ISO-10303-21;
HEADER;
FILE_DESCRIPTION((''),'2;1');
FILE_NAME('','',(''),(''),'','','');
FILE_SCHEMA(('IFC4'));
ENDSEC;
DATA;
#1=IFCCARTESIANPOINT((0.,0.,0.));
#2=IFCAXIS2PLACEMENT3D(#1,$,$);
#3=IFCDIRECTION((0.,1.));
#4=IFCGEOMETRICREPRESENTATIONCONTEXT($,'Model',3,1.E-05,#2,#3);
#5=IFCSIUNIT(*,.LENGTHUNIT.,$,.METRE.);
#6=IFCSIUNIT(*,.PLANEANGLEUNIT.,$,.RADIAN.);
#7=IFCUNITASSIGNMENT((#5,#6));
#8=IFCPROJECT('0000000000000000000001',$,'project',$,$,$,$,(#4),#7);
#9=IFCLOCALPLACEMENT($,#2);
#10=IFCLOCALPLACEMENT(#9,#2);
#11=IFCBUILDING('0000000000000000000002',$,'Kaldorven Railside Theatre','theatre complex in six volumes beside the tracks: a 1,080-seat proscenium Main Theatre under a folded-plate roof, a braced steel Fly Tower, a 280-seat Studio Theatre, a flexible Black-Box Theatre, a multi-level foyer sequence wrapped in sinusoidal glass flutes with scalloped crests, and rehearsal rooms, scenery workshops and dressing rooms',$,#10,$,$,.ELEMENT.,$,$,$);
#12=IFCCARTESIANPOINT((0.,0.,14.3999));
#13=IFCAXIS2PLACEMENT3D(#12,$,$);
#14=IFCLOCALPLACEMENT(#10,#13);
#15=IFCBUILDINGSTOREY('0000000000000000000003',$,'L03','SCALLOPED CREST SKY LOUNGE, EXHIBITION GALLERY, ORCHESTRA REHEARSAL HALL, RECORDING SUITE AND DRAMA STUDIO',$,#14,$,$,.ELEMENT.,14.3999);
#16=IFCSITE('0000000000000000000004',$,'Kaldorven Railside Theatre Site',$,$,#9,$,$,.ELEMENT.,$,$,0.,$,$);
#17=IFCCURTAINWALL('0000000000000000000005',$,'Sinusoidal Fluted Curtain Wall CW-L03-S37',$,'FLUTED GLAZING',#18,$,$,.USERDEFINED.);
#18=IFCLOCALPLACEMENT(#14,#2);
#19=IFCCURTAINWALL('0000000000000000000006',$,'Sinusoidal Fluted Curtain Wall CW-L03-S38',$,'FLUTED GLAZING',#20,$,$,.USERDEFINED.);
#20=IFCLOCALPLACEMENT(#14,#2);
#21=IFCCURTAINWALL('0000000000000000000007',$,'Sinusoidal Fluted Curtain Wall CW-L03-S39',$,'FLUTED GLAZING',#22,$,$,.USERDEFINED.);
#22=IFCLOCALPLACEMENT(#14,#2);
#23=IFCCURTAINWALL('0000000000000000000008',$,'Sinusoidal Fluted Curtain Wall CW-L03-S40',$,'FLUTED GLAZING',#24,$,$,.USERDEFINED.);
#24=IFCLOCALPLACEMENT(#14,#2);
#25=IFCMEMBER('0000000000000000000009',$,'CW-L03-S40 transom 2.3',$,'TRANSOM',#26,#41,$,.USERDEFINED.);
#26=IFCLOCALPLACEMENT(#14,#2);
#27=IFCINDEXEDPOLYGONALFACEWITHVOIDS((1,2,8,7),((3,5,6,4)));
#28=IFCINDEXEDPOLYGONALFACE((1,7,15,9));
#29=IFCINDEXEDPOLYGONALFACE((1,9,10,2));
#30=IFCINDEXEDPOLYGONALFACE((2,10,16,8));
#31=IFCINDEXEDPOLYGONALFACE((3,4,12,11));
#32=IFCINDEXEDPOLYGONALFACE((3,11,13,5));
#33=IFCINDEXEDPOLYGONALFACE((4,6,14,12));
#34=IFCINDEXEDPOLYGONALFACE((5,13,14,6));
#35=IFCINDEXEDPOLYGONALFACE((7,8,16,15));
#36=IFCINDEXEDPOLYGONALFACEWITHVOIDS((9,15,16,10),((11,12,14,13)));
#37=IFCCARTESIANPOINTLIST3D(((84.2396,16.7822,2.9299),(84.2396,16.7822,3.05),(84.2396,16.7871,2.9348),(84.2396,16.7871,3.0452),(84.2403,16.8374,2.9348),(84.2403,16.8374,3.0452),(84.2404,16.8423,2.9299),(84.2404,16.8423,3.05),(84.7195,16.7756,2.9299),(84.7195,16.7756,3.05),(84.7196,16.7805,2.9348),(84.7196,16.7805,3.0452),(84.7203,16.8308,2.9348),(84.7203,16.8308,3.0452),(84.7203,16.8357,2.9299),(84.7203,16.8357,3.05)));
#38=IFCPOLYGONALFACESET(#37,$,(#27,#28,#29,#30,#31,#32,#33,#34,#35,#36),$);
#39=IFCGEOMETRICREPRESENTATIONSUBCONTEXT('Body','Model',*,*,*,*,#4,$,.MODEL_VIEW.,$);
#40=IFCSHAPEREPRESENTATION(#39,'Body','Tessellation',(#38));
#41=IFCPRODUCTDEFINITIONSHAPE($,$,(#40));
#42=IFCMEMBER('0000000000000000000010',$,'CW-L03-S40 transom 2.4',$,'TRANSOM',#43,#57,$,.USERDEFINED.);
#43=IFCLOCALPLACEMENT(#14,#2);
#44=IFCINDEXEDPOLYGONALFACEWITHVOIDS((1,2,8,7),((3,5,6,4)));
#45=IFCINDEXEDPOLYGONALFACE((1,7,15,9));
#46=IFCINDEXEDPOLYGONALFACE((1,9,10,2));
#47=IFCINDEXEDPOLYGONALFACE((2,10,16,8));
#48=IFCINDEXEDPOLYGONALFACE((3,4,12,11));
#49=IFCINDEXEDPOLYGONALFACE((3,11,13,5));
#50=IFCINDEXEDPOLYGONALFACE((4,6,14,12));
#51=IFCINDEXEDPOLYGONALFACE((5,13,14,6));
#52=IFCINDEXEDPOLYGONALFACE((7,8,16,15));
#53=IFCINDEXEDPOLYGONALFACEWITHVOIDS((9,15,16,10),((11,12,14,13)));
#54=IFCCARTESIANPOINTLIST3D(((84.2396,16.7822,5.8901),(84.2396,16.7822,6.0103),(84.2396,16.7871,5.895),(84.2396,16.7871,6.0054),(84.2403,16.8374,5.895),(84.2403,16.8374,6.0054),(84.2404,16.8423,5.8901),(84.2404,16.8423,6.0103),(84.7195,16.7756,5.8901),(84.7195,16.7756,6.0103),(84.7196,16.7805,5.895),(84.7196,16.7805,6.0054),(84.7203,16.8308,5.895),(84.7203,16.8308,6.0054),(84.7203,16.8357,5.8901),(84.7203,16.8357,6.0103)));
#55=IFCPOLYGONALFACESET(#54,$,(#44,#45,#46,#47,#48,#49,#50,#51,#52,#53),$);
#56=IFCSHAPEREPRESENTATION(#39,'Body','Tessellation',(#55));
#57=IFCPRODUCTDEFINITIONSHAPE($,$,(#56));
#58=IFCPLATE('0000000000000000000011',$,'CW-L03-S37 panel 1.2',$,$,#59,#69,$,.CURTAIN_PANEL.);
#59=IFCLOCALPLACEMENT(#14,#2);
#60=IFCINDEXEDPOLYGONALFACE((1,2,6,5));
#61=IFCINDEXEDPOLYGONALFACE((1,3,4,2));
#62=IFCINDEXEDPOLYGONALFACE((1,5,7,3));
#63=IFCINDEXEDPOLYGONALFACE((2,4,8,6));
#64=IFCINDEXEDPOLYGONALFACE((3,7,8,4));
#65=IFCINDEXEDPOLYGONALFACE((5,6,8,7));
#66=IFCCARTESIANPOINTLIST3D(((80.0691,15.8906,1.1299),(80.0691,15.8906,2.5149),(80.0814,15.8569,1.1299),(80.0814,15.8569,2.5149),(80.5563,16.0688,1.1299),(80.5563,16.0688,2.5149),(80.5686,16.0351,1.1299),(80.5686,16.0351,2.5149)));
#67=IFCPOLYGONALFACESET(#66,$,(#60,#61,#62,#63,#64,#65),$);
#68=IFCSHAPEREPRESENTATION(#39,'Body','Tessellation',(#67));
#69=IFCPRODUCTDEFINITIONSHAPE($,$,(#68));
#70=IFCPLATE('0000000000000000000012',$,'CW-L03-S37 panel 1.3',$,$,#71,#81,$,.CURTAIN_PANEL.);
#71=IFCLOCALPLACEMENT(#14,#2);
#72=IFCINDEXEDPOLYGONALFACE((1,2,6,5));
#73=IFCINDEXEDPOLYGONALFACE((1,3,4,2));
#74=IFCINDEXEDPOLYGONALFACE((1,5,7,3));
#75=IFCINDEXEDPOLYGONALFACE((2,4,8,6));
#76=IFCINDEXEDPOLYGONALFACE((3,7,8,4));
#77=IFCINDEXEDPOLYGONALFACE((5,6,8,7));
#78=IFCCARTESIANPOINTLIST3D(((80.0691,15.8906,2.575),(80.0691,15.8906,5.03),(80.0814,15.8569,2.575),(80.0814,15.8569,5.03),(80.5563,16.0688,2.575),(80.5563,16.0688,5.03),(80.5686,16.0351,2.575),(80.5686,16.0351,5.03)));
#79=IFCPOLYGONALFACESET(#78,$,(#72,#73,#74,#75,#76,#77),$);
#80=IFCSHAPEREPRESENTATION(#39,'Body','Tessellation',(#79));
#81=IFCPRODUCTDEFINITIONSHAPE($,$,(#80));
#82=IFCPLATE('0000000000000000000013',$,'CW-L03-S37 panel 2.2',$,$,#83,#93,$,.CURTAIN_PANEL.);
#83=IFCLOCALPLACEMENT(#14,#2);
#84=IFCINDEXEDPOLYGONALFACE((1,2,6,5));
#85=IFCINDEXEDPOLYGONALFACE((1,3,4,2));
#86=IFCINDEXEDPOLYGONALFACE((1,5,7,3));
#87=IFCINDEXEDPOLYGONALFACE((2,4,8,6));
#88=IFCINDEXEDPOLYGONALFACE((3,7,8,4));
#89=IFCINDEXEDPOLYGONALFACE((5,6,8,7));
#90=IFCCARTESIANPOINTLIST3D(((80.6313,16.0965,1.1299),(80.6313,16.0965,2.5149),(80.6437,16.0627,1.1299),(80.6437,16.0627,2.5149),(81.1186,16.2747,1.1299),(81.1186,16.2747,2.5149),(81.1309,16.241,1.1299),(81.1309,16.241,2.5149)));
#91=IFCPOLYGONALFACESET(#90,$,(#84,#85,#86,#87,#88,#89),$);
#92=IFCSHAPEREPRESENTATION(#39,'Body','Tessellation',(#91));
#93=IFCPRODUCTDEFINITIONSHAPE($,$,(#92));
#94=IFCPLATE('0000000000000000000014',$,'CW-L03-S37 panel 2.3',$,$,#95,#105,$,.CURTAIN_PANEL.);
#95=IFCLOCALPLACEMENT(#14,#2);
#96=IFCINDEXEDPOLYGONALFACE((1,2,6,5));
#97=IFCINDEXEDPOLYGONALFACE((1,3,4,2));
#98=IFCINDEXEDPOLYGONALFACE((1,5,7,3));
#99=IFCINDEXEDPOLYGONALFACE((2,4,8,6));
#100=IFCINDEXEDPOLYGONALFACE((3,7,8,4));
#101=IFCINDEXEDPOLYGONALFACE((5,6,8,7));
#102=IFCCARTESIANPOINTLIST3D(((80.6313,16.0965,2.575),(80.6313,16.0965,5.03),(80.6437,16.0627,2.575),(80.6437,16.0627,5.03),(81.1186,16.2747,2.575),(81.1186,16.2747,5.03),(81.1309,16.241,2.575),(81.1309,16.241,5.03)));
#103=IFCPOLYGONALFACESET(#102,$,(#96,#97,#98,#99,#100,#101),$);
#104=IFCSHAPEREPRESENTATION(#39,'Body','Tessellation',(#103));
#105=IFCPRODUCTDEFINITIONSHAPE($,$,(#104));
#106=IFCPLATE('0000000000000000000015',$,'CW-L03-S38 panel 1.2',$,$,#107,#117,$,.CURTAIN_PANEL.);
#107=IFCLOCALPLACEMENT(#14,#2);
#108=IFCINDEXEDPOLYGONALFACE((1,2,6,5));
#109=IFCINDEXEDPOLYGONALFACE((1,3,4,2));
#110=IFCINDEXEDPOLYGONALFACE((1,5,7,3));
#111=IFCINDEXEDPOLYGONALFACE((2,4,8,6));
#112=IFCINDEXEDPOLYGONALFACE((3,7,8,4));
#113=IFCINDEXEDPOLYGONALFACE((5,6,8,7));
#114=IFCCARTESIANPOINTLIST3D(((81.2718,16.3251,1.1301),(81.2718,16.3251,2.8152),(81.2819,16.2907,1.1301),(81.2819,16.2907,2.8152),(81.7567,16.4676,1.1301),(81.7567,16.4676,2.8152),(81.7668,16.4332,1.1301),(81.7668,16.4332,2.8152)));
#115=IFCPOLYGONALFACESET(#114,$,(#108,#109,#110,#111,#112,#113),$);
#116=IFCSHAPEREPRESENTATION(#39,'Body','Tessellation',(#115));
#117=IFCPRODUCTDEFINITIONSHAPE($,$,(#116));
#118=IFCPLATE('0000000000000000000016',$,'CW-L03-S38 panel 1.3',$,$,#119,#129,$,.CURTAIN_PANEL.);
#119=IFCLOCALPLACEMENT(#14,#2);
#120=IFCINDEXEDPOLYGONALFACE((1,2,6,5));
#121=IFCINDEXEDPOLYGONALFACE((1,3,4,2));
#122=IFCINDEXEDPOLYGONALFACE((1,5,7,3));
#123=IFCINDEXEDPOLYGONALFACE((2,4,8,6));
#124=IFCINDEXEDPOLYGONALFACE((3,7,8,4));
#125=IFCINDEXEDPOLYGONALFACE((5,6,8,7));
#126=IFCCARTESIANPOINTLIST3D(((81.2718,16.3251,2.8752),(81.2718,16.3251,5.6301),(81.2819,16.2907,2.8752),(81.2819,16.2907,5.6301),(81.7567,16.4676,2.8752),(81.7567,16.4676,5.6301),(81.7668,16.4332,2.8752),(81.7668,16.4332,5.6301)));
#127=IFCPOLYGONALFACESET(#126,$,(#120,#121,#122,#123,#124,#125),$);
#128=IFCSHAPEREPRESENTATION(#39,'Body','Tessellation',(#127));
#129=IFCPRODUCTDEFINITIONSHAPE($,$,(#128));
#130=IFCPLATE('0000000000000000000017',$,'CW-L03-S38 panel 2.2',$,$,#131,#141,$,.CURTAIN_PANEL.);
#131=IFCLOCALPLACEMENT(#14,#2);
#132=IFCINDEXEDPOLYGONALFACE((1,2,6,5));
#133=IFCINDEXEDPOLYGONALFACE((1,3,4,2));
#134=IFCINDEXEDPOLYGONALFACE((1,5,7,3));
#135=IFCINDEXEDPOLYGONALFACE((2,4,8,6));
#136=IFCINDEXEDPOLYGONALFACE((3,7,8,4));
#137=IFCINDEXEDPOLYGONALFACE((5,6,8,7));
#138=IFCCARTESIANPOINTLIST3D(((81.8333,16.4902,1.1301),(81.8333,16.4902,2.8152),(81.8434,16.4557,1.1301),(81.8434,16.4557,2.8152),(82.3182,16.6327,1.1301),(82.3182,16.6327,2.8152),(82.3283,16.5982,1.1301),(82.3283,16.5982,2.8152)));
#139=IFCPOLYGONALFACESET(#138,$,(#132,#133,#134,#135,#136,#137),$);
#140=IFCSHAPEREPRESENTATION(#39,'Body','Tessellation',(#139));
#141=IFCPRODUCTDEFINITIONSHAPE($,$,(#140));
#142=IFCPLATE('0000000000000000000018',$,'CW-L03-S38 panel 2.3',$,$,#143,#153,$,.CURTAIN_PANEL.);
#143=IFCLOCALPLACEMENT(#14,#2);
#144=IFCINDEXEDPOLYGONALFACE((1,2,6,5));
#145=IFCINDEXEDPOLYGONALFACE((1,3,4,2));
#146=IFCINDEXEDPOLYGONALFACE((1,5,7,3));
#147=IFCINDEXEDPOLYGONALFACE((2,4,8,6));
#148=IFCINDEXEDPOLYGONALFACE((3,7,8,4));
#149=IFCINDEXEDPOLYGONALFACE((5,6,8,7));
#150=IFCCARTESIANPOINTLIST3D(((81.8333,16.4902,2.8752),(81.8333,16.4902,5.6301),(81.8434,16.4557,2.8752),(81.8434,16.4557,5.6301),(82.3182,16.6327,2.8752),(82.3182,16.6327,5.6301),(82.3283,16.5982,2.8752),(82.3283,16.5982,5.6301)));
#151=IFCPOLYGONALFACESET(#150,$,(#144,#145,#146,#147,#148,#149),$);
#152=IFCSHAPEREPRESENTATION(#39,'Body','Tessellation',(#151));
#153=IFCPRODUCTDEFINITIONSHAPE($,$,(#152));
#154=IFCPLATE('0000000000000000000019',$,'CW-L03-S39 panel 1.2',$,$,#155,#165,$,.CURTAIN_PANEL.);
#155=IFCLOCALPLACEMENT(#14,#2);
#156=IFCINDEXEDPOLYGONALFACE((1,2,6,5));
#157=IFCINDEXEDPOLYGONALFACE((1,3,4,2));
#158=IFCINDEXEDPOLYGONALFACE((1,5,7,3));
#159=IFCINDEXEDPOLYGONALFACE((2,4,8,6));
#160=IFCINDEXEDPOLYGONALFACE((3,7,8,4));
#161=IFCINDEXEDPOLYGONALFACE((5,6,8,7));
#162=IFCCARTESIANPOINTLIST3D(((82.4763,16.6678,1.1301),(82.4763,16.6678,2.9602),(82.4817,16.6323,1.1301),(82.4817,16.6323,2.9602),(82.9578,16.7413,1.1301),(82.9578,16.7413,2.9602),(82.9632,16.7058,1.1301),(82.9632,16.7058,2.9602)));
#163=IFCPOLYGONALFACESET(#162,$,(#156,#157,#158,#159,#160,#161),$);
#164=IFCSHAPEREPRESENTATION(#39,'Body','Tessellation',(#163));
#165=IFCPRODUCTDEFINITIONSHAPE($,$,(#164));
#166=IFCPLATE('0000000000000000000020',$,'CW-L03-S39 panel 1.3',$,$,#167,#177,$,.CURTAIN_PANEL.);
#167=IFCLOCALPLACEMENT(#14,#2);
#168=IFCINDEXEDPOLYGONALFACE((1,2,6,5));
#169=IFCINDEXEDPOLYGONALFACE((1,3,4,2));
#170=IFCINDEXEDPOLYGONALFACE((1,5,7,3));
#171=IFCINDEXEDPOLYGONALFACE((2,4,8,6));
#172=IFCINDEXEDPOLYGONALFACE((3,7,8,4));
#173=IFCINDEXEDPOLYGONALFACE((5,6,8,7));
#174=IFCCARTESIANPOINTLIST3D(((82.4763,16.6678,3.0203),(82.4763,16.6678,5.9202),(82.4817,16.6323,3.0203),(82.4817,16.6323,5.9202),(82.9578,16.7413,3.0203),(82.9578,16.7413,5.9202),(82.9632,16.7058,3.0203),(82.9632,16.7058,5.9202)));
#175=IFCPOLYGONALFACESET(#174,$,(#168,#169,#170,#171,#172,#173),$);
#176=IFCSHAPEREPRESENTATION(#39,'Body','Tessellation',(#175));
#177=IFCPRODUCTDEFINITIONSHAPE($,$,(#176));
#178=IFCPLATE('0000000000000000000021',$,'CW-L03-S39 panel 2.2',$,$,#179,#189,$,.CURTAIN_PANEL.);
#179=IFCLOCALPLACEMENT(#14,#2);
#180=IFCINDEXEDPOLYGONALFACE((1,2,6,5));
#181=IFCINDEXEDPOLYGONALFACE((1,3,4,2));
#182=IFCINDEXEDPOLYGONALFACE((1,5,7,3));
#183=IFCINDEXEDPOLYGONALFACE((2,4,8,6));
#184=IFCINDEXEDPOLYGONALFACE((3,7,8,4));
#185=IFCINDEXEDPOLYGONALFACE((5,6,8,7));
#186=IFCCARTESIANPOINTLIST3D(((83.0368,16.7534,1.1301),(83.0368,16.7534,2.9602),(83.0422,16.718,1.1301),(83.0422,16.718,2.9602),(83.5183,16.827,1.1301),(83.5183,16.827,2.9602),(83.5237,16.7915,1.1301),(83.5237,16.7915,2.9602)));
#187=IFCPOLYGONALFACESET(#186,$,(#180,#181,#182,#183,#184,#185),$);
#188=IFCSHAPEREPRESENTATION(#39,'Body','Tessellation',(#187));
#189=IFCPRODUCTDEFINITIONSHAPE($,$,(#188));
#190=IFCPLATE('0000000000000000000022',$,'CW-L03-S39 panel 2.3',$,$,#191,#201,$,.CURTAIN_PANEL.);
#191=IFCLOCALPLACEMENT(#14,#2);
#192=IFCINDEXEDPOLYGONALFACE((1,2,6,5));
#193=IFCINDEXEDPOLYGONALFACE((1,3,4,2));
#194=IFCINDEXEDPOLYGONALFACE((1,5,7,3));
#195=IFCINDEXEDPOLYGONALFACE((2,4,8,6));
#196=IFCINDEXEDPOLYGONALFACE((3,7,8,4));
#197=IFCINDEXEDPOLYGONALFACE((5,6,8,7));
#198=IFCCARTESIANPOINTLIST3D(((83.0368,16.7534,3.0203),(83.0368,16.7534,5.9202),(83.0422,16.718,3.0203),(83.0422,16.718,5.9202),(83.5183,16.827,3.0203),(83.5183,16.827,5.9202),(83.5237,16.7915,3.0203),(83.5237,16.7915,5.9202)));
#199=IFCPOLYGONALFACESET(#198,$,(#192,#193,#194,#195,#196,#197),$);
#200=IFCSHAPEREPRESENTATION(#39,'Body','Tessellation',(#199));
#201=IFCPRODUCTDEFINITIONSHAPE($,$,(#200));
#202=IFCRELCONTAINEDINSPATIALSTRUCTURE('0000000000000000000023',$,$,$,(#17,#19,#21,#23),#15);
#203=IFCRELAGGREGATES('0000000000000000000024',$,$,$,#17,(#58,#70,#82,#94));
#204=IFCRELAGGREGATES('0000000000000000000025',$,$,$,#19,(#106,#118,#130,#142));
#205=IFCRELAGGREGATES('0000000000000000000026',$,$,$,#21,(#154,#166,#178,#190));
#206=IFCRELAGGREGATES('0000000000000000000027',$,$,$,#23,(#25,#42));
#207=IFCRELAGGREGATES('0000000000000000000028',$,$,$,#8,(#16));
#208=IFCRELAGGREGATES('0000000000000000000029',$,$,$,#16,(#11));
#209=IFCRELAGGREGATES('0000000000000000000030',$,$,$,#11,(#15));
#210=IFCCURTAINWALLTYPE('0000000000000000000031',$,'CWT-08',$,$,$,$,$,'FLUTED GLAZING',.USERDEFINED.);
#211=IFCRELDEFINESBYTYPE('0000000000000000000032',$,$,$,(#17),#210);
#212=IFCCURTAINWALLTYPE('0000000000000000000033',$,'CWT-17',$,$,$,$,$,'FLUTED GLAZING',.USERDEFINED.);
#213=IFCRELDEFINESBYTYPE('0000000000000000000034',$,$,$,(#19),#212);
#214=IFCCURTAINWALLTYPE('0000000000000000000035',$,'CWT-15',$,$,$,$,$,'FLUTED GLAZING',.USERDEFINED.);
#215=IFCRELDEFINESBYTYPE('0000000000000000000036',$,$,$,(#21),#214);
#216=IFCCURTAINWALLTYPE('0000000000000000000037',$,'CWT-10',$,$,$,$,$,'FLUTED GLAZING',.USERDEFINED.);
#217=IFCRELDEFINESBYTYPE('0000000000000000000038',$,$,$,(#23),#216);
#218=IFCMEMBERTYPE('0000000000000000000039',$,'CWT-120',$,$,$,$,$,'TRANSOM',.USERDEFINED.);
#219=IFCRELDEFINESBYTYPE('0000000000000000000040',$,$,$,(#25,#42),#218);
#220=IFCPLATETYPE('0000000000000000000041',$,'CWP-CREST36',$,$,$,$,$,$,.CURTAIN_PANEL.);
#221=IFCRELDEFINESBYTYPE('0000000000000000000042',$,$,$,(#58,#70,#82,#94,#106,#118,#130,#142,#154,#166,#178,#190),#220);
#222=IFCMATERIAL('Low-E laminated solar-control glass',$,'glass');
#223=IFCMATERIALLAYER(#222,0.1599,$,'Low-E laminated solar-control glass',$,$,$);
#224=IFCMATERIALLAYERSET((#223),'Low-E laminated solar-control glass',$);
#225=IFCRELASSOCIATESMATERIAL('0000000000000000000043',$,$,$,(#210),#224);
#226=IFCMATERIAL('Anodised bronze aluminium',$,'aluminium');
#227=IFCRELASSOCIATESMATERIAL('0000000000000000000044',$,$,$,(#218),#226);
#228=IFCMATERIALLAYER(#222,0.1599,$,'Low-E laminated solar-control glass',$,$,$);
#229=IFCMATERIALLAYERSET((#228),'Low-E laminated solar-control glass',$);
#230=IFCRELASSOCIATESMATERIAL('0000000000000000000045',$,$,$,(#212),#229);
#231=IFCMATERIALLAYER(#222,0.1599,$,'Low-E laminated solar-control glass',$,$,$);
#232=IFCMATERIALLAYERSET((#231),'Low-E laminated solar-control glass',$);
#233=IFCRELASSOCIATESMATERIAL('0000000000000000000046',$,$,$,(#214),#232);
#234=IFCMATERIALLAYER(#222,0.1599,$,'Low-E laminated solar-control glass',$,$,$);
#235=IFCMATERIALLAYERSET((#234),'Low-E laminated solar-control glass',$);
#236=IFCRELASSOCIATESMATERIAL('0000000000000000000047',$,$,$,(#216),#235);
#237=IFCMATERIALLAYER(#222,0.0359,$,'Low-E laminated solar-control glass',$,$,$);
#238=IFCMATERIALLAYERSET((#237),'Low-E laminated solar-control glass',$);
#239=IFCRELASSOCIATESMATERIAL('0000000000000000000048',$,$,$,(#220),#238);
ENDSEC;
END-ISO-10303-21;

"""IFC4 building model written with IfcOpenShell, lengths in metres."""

from ifc_helpers import new_model, si_unit, direction, frame, origin, origin_2d, place, context, subcontext, project, spatial, rectangle, hollow_rectangle, extrude, material, layer, layer_set, material_profile, profile_set, type_object, element, aggregate, save


model = new_model("IFC4")

# Units and contexts
model_context = context("Model", 3, precision=1e-05, world=origin(), true_north=direction((0.0, 1.0)))
body_context = subcontext(model_context, "Body", "Model", "MODEL_VIEW")
ifc_project = project(units=[si_unit("LENGTHUNIT", "METRE"), si_unit("PLANEANGLEUNIT", "RADIAN")], contexts=[model_context])

# Site, building, storey
site_placement = place(None, origin())
site = spatial("IfcSite", under=ifc_project, at=site_placement, Name="Kaldorven Railside Theatre Site", CompositionType="ELEMENT", RefElevation=0.0)
building_placement = place(site_placement, origin())
building = spatial("IfcBuilding", under=site, at=building_placement, Name="Kaldorven Railside Theatre", Description="theatre complex in six volumes beside the tracks: a 1,080-seat proscenium Main Theatre under a folded-plate roof, a braced steel Fly Tower, a 280-seat Studio Theatre, a flexible Black-Box Theatre, a multi-level foyer sequence wrapped in sinusoidal glass flutes with scalloped crests, and rehearsal rooms, scenery workshops and dressing rooms", CompositionType="ELEMENT")
storey_placement = place(building_placement, frame((0.0, 0.0, 14.3999)))
storey = spatial("IfcBuildingStorey", under=building, at=storey_placement, Name="L03", Description="SCALLOPED CREST SKY LOUNGE, EXHIBITION GALLERY, ORCHESTRA REHEARSAL HALL, RECORDING SUITE AND DRAMA STUDIO", CompositionType="ELEMENT", Elevation=14.3999)

# Curtain walls, members
ifc_material_1 = material(Name="Low-E laminated solar-control glass", Category="glass")
ifc_layer_1 = layer(ifc_material_1, 0.1599, Name="Low-E laminated solar-control glass")
ifc_layer_set_1 = layer_set([ifc_layer_1], Name="Low-E laminated solar-control glass")
curtain_wall_type_1 = type_object("IfcCurtainWallType", Name="CWT-08", ElementType="FLUTED GLAZING", PredefinedType="USERDEFINED", material=ifc_layer_set_1)
curtain_wall_1_placement = place(storey_placement, origin())
curtain_wall_1 = element("IfcCurtainWall", 1, at=curtain_wall_1_placement, inside=storey, type_object=curtain_wall_type_1, Name="Sinusoidal Fluted Curtain Wall CW-L03-S37", ObjectType="FLUTED GLAZING", PredefinedType="USERDEFINED")
ifc_material_2 = material(Name="Anodised bronze aluminium", Category="aluminium")
ifc_material_profile = material_profile(ifc_material_2, hollow_rectangle(XDim=0.0601, YDim=0.1201, WallThickness=0.0049, at=origin_2d()), Name="RHS 120x60x5")
ifc_profile_set = profile_set([ifc_material_profile], Name="Anodised bronze aluminium")
member_type = type_object("IfcMemberType", Name="CWT-120", ElementType="TRANSOM", PredefinedType="USERDEFINED", material=ifc_profile_set)
ifc_layer_2 = layer(ifc_material_1, 0.1599, Name="Low-E laminated solar-control glass")
ifc_layer_set_2 = layer_set([ifc_layer_2], Name="Low-E laminated solar-control glass")
curtain_wall_type_2 = type_object("IfcCurtainWallType", Name="CWT-17", ElementType="FLUTED GLAZING", PredefinedType="USERDEFINED", material=ifc_layer_set_2)
curtain_wall_2_placement = place(storey_placement, origin())
curtain_wall_2 = element("IfcCurtainWall", 2, at=curtain_wall_2_placement, inside=storey, type_object=curtain_wall_type_2, Name="Sinusoidal Fluted Curtain Wall CW-L03-S38", ObjectType="FLUTED GLAZING", PredefinedType="USERDEFINED")
ifc_layer_3 = layer(ifc_material_1, 0.1599, Name="Low-E laminated solar-control glass")
ifc_layer_set_3 = layer_set([ifc_layer_3], Name="Low-E laminated solar-control glass")
curtain_wall_type_3 = type_object("IfcCurtainWallType", Name="CWT-15", ElementType="FLUTED GLAZING", PredefinedType="USERDEFINED", material=ifc_layer_set_3)
curtain_wall_3_placement = place(storey_placement, origin())
curtain_wall_3 = element("IfcCurtainWall", 3, at=curtain_wall_3_placement, inside=storey, type_object=curtain_wall_type_3, Name="Sinusoidal Fluted Curtain Wall CW-L03-S39", ObjectType="FLUTED GLAZING", PredefinedType="USERDEFINED")
ifc_layer_4 = layer(ifc_material_1, 0.1599, Name="Low-E laminated solar-control glass")
ifc_layer_set_4 = layer_set([ifc_layer_4], Name="Low-E laminated solar-control glass")
curtain_wall_type_4 = type_object("IfcCurtainWallType", Name="CWT-10", ElementType="FLUTED GLAZING", PredefinedType="USERDEFINED", material=ifc_layer_set_4)
curtain_wall_4_placement = place(storey_placement, origin())
curtain_wall_4 = element("IfcCurtainWall", 4, at=curtain_wall_4_placement, inside=storey, type_object=curtain_wall_type_4, Name="Sinusoidal Fluted Curtain Wall CW-L03-S40", ObjectType="FLUTED GLAZING", PredefinedType="USERDEFINED")
member_1_placement = place(storey_placement, frame((84.24, 16.8123, 2.99), z_axis=(0.999906, -0.013732, 0.0), x_axis=(0.013732, 0.999906, 0.0)))
member_1 = element("IfcMember", 5, at=member_1_placement, type_object=member_type, Name="CW-L03-S40 transom 2.3", ObjectType="TRANSOM", PredefinedType="USERDEFINED", context=body_context, shape_type="SweptSolid", body=[
    extrude(hollow_rectangle(XDim=0.0601, YDim=0.1201, WallThickness=0.0049, at=origin_2d()), origin(), (0.0, 0.0, 1.0), 0.48),
])
member_2_placement = place(storey_placement, frame((84.24, 16.8123, 5.9502), z_axis=(0.999906, -0.013732, 0.0), x_axis=(0.013732, 0.999906, 0.0)))
member_2 = element("IfcMember", 6, at=member_2_placement, type_object=member_type, Name="CW-L03-S40 transom 2.4", ObjectType="TRANSOM", PredefinedType="USERDEFINED", context=body_context, shape_type="SweptSolid", body=[
    extrude(hollow_rectangle(XDim=0.0601, YDim=0.1201, WallThickness=0.0049, at=origin_2d()), origin(), (0.0, 0.0, 1.0), 0.48),
])

# Plates
ifc_layer_5 = layer(ifc_material_1, 0.0359, Name="Low-E laminated solar-control glass")
ifc_layer_set_5 = layer_set([ifc_layer_5], Name="Low-E laminated solar-control glass")
plate_type = type_object("IfcPlateType", Name="CWP-CREST36", PredefinedType="CURTAIN_PANEL", material=ifc_layer_set_5)
plate_1_placement = place(storey_placement, frame((80.3188, 15.9629, 1.1299), z_axis=(0.0, 0.0, 1.0), x_axis=(0.939154, 0.343496, 0.0)))
plate_1 = element("IfcPlate", 7, at=plate_1_placement, type_object=plate_type, Name="CW-L03-S37 panel 1.2", PredefinedType="CURTAIN_PANEL", context=body_context, shape_type="SweptSolid", body=[
    extrude(rectangle(XDim=0.5188, YDim=0.0359, at=origin_2d()), origin(), (0.0, 0.0, 1.0), 1.385),
])
plate_2_placement = place(storey_placement, frame((80.3188, 15.9629, 2.575), z_axis=(0.0, 0.0, 1.0), x_axis=(0.939154, 0.343496, 0.0)))
plate_2 = element("IfcPlate", 8, at=plate_2_placement, type_object=plate_type, Name="CW-L03-S37 panel 1.3", PredefinedType="CURTAIN_PANEL", context=body_context, shape_type="SweptSolid", body=[
    extrude(rectangle(XDim=0.5188, YDim=0.0359, at=origin_2d()), origin(), (0.0, 0.0, 1.0), 2.4551),
])
plate_3_placement = place(storey_placement, frame((80.8811, 16.1687, 1.1299), z_axis=(0.0, 0.0, 1.0), x_axis=(0.939154, 0.343496, 0.0)))
plate_3 = element("IfcPlate", 9, at=plate_3_placement, type_object=plate_type, Name="CW-L03-S37 panel 2.2", PredefinedType="CURTAIN_PANEL", context=body_context, shape_type="SweptSolid", body=[
    extrude(rectangle(XDim=0.5188, YDim=0.0359, at=origin_2d()), origin(), (0.0, 0.0, 1.0), 1.385),
])
plate_4_placement = place(storey_placement, frame((80.8811, 16.1687, 2.575), z_axis=(0.0, 0.0, 1.0), x_axis=(0.939154, 0.343496, 0.0)))
plate_4 = element("IfcPlate", 10, at=plate_4_placement, type_object=plate_type, Name="CW-L03-S37 panel 2.3", PredefinedType="CURTAIN_PANEL", context=body_context, shape_type="SweptSolid", body=[
    extrude(rectangle(XDim=0.5188, YDim=0.0359, at=origin_2d()), origin(), (0.0, 0.0, 1.0), 2.4551),
])
aggregate(curtain_wall_1, [plate_1, plate_2, plate_3, plate_4])
plate_5_placement = place(storey_placement, frame((81.5193, 16.3792, 1.1301), z_axis=(0.0, 0.0, 1.0), x_axis=(0.959418, 0.281989, 0.0)))
plate_5 = element("IfcPlate", 11, at=plate_5_placement, type_object=plate_type, Name="CW-L03-S38 panel 1.2", PredefinedType="CURTAIN_PANEL", context=body_context, shape_type="SweptSolid", body=[
    extrude(rectangle(XDim=0.5054, YDim=0.0359, at=origin_2d()), origin(), (0.0, 0.0, 1.0), 1.6851),
])
plate_6_placement = place(storey_placement, frame((81.5193, 16.3792, 2.8752), z_axis=(0.0, 0.0, 1.0), x_axis=(0.959418, 0.281989, 0.0)))
plate_6 = element("IfcPlate", 12, at=plate_6_placement, type_object=plate_type, Name="CW-L03-S38 panel 1.3", PredefinedType="CURTAIN_PANEL", context=body_context, shape_type="SweptSolid", body=[
    extrude(rectangle(XDim=0.5054, YDim=0.0359, at=origin_2d()), origin(), (0.0, 0.0, 1.0), 2.7549),
])
plate_7_placement = place(storey_placement, frame((82.0808, 16.5442, 1.1301), z_axis=(0.0, 0.0, 1.0), x_axis=(0.959418, 0.281989, 0.0)))
plate_7 = element("IfcPlate", 13, at=plate_7_placement, type_object=plate_type, Name="CW-L03-S38 panel 2.2", PredefinedType="CURTAIN_PANEL", context=body_context, shape_type="SweptSolid", body=[
    extrude(rectangle(XDim=0.5054, YDim=0.0359, at=origin_2d()), origin(), (0.0, 0.0, 1.0), 1.6851),
])
plate_8_placement = place(storey_placement, frame((82.0808, 16.5442, 2.8752), z_axis=(0.0, 0.0, 1.0), x_axis=(0.959418, 0.281989, 0.0)))
plate_8 = element("IfcPlate", 14, at=plate_8_placement, type_object=plate_type, Name="CW-L03-S38 panel 2.3", PredefinedType="CURTAIN_PANEL", context=body_context, shape_type="SweptSolid", body=[
    extrude(rectangle(XDim=0.5054, YDim=0.0359, at=origin_2d()), origin(), (0.0, 0.0, 1.0), 2.7549),
])
aggregate(curtain_wall_2, [plate_5, plate_6, plate_7, plate_8])
plate_9_placement = place(storey_placement, frame((82.7197, 16.6868, 1.1301), z_axis=(0.0, 0.0, 1.0), x_axis=(0.988546, 0.150918, 0.0)))
plate_9 = element("IfcPlate", 15, at=plate_9_placement, type_object=plate_type, Name="CW-L03-S39 panel 1.2", PredefinedType="CURTAIN_PANEL", context=body_context, shape_type="SweptSolid", body=[
    extrude(rectangle(XDim=0.4871, YDim=0.0359, at=origin_2d()), origin(), (0.0, 0.0, 1.0), 1.8301),
])
plate_10_placement = place(storey_placement, frame((82.7197, 16.6868, 3.0203), z_axis=(0.0, 0.0, 1.0), x_axis=(0.988546, 0.150918, 0.0)))
plate_10 = element("IfcPlate", 16, at=plate_10_placement, type_object=plate_type, Name="CW-L03-S39 panel 1.3", PredefinedType="CURTAIN_PANEL", context=body_context, shape_type="SweptSolid", body=[
    extrude(rectangle(XDim=0.4871, YDim=0.0359, at=origin_2d()), origin(), (0.0, 0.0, 1.0), 2.8999),
])
plate_11_placement = place(storey_placement, frame((83.2803, 16.7725, 1.1301), z_axis=(0.0, 0.0, 1.0), x_axis=(0.988546, 0.150918, 0.0)))
plate_11 = element("IfcPlate", 17, at=plate_11_placement, type_object=plate_type, Name="CW-L03-S39 panel 2.2", PredefinedType="CURTAIN_PANEL", context=body_context, shape_type="SweptSolid", body=[
    extrude(rectangle(XDim=0.4871, YDim=0.0359, at=origin_2d()), origin(), (0.0, 0.0, 1.0), 1.8301),
])
plate_12_placement = place(storey_placement, frame((83.2803, 16.7725, 3.0203), z_axis=(0.0, 0.0, 1.0), x_axis=(0.988546, 0.150918, 0.0)))
plate_12 = element("IfcPlate", 18, at=plate_12_placement, type_object=plate_type, Name="CW-L03-S39 panel 2.3", PredefinedType="CURTAIN_PANEL", context=body_context, shape_type="SweptSolid", body=[
    extrude(rectangle(XDim=0.4871, YDim=0.0359, at=origin_2d()), origin(), (0.0, 0.0, 1.0), 2.8999),
])
aggregate(curtain_wall_3, [plate_9, plate_10, plate_11, plate_12])
aggregate(curtain_wall_4, [member_1, member_2])

save(model, "model.ifc")
